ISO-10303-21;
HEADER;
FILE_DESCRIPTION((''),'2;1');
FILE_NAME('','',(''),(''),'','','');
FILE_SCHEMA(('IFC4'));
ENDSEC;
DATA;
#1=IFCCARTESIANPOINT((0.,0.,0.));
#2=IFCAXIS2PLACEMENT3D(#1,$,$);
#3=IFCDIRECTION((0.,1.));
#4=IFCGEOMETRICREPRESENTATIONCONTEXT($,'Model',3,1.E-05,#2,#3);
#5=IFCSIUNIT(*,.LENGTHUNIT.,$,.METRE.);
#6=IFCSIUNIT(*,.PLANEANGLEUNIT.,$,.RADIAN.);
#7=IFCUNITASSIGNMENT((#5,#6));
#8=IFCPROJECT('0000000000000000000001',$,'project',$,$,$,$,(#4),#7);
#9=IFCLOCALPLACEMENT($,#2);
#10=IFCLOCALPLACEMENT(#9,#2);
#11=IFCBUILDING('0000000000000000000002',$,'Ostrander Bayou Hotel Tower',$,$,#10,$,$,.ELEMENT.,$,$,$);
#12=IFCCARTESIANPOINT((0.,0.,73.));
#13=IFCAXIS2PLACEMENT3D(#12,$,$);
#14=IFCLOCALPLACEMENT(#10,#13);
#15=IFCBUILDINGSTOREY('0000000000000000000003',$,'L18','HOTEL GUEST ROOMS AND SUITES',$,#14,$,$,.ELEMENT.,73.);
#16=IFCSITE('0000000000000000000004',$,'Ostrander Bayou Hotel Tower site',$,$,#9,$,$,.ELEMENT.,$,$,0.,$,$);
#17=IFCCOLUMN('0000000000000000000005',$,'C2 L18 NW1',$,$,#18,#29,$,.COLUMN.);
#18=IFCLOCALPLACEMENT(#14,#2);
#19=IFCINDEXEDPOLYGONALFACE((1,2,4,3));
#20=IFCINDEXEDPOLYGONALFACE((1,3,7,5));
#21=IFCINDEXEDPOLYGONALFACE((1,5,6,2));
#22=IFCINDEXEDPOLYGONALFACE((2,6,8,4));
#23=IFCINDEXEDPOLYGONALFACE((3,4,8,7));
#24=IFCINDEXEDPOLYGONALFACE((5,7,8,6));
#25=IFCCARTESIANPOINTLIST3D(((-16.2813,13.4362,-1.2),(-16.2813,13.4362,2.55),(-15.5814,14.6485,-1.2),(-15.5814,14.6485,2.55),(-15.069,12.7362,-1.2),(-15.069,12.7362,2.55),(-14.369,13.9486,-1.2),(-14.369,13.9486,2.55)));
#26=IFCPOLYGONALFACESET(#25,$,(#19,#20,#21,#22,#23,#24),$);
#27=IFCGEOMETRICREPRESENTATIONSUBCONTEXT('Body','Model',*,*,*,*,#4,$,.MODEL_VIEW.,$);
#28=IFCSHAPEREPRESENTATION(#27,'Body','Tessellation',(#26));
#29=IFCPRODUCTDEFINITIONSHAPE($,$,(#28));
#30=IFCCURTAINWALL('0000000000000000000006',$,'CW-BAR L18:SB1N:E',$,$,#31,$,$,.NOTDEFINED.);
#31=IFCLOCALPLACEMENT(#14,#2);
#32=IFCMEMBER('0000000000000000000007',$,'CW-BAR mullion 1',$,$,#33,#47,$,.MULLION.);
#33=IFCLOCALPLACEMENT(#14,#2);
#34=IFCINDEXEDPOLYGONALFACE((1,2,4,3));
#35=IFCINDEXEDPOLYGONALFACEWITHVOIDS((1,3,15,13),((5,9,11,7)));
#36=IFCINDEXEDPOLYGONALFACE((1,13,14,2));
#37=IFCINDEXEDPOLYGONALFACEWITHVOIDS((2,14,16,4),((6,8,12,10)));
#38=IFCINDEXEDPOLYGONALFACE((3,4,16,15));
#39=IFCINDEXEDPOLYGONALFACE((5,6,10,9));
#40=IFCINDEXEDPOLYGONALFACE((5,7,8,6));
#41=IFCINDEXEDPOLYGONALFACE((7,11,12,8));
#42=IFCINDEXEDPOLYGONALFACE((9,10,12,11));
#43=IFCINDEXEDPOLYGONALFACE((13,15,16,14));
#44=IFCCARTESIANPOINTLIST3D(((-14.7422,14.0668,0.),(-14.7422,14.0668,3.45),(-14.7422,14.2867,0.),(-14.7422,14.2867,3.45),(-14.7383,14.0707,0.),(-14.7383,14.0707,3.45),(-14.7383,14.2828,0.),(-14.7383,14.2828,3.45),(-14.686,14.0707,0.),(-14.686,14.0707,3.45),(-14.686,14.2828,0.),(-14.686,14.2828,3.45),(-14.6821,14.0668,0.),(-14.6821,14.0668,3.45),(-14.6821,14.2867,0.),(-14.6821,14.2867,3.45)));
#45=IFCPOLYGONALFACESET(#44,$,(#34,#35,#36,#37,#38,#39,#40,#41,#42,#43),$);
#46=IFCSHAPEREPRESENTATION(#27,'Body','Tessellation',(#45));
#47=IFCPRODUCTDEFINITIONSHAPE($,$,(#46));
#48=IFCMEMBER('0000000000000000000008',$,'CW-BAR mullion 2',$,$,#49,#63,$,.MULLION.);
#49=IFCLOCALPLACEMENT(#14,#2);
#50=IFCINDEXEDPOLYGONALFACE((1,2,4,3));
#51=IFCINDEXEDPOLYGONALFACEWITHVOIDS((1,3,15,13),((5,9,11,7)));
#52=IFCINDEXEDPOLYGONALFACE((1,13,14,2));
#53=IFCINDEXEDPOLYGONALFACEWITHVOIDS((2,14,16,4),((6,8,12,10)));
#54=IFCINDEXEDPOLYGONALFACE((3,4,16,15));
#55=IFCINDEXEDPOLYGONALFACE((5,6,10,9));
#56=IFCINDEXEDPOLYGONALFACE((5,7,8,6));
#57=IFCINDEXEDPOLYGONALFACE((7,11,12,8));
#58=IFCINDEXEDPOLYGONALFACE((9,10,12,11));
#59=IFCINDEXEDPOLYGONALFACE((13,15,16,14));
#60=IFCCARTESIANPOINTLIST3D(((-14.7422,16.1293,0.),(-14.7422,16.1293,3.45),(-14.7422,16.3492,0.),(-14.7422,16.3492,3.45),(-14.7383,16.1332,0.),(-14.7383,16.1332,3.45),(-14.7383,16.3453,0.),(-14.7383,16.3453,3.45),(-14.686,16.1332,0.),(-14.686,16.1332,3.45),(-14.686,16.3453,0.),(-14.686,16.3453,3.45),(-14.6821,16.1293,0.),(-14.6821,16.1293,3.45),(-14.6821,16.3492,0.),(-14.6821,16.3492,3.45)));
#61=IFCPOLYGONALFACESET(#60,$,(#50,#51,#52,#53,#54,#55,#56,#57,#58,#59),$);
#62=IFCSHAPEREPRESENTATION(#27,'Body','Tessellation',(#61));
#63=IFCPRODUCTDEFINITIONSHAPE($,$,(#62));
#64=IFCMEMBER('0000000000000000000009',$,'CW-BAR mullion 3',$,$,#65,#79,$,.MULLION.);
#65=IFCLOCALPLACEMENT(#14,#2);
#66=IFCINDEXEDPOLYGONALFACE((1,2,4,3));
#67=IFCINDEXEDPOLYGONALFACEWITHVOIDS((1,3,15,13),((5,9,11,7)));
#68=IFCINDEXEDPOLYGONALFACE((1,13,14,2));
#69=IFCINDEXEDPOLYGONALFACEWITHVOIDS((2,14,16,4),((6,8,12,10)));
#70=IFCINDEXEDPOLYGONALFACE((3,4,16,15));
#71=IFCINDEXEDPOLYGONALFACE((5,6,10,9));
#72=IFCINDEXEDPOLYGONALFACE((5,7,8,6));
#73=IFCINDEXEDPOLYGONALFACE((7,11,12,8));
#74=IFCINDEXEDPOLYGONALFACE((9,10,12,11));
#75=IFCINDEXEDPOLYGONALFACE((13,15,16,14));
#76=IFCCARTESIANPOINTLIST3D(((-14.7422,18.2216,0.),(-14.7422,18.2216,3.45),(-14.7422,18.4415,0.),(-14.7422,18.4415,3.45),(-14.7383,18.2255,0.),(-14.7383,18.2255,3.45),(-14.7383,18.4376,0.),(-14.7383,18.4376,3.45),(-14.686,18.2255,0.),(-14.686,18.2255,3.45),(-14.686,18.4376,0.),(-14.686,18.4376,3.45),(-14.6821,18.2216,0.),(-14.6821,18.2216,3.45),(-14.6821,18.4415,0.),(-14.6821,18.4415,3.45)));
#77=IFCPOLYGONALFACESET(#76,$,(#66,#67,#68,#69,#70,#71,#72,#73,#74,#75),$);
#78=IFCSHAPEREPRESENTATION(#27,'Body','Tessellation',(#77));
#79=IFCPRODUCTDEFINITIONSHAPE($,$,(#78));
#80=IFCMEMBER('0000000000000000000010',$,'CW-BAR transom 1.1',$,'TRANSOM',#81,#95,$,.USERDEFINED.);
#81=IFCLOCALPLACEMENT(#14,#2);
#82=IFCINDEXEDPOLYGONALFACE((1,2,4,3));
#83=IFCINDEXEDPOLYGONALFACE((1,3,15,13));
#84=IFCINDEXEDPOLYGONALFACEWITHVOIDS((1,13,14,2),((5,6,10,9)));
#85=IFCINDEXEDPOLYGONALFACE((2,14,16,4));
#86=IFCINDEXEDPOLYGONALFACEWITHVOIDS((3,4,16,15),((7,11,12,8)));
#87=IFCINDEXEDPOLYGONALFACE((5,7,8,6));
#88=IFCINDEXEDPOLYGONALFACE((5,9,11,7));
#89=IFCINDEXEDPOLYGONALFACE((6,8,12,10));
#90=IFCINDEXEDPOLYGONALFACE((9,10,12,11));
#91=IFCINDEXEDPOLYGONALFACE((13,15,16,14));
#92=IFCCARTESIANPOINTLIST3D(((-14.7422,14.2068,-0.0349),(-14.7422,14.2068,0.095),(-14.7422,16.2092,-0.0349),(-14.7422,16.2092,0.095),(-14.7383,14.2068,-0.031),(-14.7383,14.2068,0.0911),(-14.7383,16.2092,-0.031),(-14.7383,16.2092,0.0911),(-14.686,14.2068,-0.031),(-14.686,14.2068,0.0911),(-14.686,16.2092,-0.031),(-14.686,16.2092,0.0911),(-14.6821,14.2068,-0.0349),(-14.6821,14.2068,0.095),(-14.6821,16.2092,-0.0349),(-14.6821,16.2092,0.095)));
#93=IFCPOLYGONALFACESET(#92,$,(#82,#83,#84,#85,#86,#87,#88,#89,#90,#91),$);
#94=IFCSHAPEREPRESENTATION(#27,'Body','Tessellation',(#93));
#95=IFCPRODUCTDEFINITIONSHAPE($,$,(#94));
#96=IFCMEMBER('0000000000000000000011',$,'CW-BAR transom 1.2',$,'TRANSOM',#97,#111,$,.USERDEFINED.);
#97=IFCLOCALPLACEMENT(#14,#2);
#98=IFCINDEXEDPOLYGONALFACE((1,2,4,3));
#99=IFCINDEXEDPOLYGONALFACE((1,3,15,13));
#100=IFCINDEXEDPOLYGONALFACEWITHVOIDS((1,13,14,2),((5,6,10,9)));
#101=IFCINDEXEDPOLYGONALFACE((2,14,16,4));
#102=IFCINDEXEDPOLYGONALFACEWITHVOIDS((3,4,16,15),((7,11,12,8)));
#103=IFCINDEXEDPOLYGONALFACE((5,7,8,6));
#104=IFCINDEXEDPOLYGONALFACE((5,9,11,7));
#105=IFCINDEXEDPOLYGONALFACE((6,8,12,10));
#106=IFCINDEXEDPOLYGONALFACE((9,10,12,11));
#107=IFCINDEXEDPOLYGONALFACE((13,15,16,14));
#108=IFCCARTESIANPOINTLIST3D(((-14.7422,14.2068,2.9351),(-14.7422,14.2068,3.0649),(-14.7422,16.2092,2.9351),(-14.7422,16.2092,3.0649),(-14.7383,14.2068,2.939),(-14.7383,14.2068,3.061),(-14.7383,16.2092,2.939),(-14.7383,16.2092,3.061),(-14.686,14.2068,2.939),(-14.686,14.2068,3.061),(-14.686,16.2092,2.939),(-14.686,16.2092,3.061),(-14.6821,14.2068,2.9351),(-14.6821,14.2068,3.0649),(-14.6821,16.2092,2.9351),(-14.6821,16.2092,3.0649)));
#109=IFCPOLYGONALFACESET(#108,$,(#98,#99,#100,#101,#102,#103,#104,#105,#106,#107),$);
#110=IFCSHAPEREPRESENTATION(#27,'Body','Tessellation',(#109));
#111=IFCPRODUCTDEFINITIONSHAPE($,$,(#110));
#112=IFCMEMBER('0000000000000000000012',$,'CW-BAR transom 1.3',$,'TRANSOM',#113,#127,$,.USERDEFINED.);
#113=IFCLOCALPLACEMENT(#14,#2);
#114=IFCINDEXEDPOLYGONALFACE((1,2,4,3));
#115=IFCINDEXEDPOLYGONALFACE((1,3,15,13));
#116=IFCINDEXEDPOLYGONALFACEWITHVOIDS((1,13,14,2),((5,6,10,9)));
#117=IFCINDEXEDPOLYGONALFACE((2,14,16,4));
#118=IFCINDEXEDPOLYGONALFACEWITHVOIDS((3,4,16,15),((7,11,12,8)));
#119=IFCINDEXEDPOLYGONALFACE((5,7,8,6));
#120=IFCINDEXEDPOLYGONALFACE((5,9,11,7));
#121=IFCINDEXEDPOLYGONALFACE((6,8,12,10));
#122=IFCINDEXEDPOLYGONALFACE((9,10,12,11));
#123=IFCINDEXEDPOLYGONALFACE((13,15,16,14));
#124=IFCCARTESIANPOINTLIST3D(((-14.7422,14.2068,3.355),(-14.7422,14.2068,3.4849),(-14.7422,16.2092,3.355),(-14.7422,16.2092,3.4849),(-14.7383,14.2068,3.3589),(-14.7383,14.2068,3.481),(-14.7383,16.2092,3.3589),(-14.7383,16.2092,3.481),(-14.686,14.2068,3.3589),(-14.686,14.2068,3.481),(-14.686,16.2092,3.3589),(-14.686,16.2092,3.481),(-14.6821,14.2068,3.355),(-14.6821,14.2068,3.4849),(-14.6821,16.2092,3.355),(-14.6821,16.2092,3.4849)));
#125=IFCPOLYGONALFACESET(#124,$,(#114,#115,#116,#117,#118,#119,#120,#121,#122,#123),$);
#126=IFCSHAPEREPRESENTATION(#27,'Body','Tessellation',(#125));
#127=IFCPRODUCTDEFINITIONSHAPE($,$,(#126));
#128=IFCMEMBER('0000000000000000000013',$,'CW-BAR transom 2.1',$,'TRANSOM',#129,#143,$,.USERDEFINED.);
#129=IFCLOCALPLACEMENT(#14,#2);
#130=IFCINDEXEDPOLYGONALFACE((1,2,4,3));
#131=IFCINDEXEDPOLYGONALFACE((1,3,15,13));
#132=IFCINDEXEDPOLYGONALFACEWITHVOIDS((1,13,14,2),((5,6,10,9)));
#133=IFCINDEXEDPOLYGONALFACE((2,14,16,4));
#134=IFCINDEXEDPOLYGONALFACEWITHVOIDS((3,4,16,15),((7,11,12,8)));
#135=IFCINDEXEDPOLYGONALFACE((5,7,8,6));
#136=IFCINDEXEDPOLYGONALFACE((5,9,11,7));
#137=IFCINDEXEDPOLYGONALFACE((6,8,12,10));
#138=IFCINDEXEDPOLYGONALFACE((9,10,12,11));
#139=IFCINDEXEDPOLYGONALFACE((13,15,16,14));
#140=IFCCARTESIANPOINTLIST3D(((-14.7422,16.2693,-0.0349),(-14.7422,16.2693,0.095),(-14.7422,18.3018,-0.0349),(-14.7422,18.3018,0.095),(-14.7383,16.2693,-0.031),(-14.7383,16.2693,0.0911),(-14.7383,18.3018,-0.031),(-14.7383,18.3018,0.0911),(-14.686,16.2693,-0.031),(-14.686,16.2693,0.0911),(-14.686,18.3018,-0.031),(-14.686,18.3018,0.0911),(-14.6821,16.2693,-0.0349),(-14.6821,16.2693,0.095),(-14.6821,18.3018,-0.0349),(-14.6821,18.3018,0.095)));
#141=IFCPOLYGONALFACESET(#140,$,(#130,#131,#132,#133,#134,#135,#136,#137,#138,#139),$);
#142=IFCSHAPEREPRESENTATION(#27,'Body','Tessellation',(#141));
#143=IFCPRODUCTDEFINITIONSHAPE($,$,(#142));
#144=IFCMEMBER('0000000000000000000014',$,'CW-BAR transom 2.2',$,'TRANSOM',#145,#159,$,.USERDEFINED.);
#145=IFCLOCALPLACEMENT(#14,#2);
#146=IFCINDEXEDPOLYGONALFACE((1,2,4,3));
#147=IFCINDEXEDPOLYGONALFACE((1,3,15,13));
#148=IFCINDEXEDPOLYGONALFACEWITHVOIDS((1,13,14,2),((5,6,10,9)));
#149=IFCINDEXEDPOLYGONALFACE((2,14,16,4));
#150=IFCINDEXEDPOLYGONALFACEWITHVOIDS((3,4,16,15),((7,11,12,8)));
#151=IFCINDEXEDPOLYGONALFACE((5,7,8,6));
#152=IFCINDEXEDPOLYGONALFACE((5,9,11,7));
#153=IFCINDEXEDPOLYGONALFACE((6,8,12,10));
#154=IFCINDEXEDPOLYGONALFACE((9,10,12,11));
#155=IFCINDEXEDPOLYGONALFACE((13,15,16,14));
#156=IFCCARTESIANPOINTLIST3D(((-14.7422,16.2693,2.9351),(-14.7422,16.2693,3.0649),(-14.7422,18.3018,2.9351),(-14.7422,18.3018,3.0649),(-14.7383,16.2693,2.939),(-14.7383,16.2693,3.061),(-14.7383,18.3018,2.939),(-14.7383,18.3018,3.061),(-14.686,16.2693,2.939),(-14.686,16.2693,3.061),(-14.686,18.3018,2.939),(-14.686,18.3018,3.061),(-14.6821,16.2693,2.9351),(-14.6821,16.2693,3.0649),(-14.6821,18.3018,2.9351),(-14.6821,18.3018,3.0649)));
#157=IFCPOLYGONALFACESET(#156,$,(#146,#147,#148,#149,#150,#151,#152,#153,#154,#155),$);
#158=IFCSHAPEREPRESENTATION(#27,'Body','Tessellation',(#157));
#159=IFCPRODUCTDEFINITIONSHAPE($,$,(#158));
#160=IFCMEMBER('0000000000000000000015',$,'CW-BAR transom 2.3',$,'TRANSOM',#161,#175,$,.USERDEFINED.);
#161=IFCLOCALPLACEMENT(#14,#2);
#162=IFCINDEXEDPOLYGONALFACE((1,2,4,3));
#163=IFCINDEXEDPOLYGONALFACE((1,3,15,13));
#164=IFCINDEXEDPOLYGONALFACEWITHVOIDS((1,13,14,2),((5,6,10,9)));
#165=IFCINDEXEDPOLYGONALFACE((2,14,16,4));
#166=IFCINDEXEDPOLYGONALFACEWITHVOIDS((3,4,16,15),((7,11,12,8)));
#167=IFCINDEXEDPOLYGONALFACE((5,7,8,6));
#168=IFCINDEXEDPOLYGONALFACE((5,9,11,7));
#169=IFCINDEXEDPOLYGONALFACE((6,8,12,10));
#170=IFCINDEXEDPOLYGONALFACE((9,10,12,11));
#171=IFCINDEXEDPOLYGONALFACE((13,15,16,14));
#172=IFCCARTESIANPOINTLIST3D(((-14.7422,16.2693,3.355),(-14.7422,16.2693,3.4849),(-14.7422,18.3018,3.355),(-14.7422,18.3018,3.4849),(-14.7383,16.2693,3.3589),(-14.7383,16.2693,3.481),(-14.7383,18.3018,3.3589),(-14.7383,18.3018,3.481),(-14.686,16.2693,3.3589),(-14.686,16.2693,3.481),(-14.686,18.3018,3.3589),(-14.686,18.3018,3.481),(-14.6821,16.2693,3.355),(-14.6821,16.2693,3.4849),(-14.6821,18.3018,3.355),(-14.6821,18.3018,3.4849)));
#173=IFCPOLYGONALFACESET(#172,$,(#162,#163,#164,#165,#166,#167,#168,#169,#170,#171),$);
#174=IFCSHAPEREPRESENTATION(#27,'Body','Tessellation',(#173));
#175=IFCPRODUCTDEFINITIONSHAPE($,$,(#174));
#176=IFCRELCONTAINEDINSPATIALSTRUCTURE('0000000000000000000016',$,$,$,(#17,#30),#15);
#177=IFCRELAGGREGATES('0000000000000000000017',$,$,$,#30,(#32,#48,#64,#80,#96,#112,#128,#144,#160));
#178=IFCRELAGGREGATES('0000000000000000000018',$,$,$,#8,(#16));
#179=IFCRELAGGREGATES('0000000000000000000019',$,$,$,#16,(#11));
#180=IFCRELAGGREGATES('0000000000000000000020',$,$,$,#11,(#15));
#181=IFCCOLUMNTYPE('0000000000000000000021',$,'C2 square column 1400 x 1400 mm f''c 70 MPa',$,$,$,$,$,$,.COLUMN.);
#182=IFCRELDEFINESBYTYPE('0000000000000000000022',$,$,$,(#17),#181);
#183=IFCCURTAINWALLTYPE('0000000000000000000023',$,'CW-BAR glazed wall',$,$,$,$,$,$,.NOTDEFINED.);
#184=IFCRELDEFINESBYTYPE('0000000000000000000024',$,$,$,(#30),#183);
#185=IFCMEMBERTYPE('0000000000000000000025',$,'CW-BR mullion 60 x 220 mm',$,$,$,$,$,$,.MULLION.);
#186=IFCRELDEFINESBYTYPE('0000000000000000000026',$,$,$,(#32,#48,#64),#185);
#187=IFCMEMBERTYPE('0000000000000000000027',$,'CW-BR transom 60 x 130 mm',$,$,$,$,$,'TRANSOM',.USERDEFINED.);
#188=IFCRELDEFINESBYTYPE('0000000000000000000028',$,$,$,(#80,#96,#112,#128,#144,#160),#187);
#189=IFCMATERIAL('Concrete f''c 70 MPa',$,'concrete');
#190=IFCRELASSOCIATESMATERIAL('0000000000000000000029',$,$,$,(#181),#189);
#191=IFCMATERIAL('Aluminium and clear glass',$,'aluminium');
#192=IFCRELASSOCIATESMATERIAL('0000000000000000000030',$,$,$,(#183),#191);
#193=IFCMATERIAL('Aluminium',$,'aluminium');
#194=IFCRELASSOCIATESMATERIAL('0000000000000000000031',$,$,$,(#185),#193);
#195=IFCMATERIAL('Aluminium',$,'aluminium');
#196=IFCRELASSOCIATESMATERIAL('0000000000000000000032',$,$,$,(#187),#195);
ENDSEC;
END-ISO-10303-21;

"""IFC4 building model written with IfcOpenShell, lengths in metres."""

from ifc_helpers import new_model, si_unit, direction, frame, origin, origin_2d, place, context, subcontext, project, spatial, rectangle, hollow_rectangle, extrude, material, material_profile, profile_set, type_object, element, aggregate, save


model = new_model("IFC4")

# Units and contexts
model_context = context("Model", 3, precision=1e-05, world=origin(), true_north=direction((0.0, 1.0)))
body_context = subcontext(model_context, "Body", "Model", "MODEL_VIEW")
ifc_project = project(units=[si_unit("LENGTHUNIT", "METRE"), si_unit("PLANEANGLEUNIT", "RADIAN")], contexts=[model_context])

# Site, building, storey
site_placement = place(None, origin())
site = spatial("IfcSite", under=ifc_project, at=site_placement, Name="Ostrander Bayou Hotel Tower site", CompositionType="ELEMENT", RefElevation=0.0)
building_placement = place(site_placement, origin())
building = spatial("IfcBuilding", under=site, at=building_placement, Name="Ostrander Bayou Hotel Tower", CompositionType="ELEMENT")
storey_placement = place(building_placement, frame((0.0, 0.0, 73.0)))
storey = spatial("IfcBuildingStorey", under=building, at=storey_placement, Name="L18", Description="HOTEL GUEST ROOMS AND SUITES", CompositionType="ELEMENT", Elevation=73.0)

# Column
ifc_material_1 = material(Name="Concrete f'c 70 MPa", Category="concrete")
ifc_material_profile_1 = material_profile(ifc_material_1, rectangle(XDim=1.3999, YDim=1.3999, at=origin_2d()))
ifc_profile_set_1 = profile_set([ifc_material_profile_1], Name="Concrete f'c 70 MPa")
column_type = type_object("IfcColumnType", Name="C2 square column 1400 x 1400 mm f'c 70 MPa", PredefinedType="COLUMN", material=ifc_profile_set_1)
column_placement = place(storey_placement, frame((-15.3252, 13.6924, -1.2), z_axis=(0.0, 0.0, 1.0), x_axis=(0.5, 0.866025, 0.0)))
element("IfcColumn", 1, at=column_placement, inside=storey, type_object=column_type, Name="C2 L18 NW1", PredefinedType="COLUMN", context=body_context, shape_type="SweptSolid", body=[
    extrude(rectangle(XDim=1.3999, YDim=1.3999, at=origin_2d()), origin(), (0.0, 0.0, 1.0), 3.75),
])

# Curtain wall, members
ifc_material_2 = material(Name="Aluminium and clear glass", Category="aluminium")
curtain_wall_type = type_object("IfcCurtainWallType", Name="CW-BAR glazed wall", PredefinedType="NOTDEFINED", material=ifc_material_2)
curtain_wall_placement = place(storey_placement, origin())
curtain_wall = element("IfcCurtainWall", 2, at=curtain_wall_placement, inside=storey, type_object=curtain_wall_type, Name="CW-BAR L18:SB1N:E", PredefinedType="NOTDEFINED")
ifc_material_3 = material(Name="Aluminium", Category="aluminium")
ifc_material_profile_2 = material_profile(ifc_material_3, hollow_rectangle(XDim=0.0601, YDim=0.22, WallThickness=0.0039, at=origin_2d()))
ifc_profile_set_2 = profile_set([ifc_material_profile_2], Name="Aluminium")
member_type_1 = type_object("IfcMemberType", Name="CW-BR mullion 60 x 220 mm", PredefinedType="MULLION", material=ifc_profile_set_2)
member_1_placement = place(storey_placement, frame((-14.7122, 14.1768, 0.0), z_axis=(0.0, 0.0, 1.0), x_axis=(-1.0, 0.0, 0.0)))
member_1 = element("IfcMember", 3, at=member_1_placement, type_object=member_type_1, Name="CW-BAR mullion 1", PredefinedType="MULLION", context=body_context, shape_type="SweptSolid", body=[
    extrude(hollow_rectangle(XDim=0.0601, YDim=0.22, WallThickness=0.0039, at=origin_2d()), origin(), (0.0, 0.0, 1.0), 3.45),
])
member_2_placement = place(storey_placement, frame((-14.7122, 16.2393, 0.0), z_axis=(0.0, 0.0, 1.0), x_axis=(-1.0, 0.0, 0.0)))
member_2 = element("IfcMember", 4, at=member_2_placement, type_object=member_type_1, Name="CW-BAR mullion 2", PredefinedType="MULLION", context=body_context, shape_type="SweptSolid", body=[
    extrude(hollow_rectangle(XDim=0.0601, YDim=0.22, WallThickness=0.0039, at=origin_2d()), origin(), (0.0, 0.0, 1.0), 3.45),
])
member_3_placement = place(storey_placement, frame((-14.7122, 18.3315, 0.0), z_axis=(0.0, 0.0, 1.0), x_axis=(-1.0, 0.0, 0.0)))
member_3 = element("IfcMember", 5, at=member_3_placement, type_object=member_type_1, Name="CW-BAR mullion 3", PredefinedType="MULLION", context=body_context, shape_type="SweptSolid", body=[
    extrude(hollow_rectangle(XDim=0.0601, YDim=0.22, WallThickness=0.0039, at=origin_2d()), origin(), (0.0, 0.0, 1.0), 3.45),
])
ifc_material_4 = material(Name="Aluminium", Category="aluminium")
ifc_material_profile_3 = material_profile(ifc_material_4, hollow_rectangle(XDim=0.0601, YDim=0.1299, WallThickness=0.0039, at=origin_2d()))
ifc_profile_set_3 = profile_set([ifc_material_profile_3], Name="Aluminium")
member_type_2 = type_object("IfcMemberType", Name="CW-BR transom 60 x 130 mm", ElementType="TRANSOM", PredefinedType="USERDEFINED", material=ifc_profile_set_3)
member_4_placement = place(storey_placement, frame((-14.7122, 14.2068, 0.03), z_axis=(0.0, 1.0, 0.0), x_axis=(-1.0, 0.0, 0.0)))
member_4 = element("IfcMember", 6, at=member_4_placement, type_object=member_type_2, Name="CW-BAR transom 1.1", ObjectType="TRANSOM", PredefinedType="USERDEFINED", context=body_context, shape_type="SweptSolid", body=[
    extrude(hollow_rectangle(XDim=0.0601, YDim=0.1299, WallThickness=0.0039, at=origin_2d()), origin(), (0.0, 0.0, 1.0), 2.0024),
])
member_5_placement = place(storey_placement, frame((-14.7122, 14.2068, 3.0), z_axis=(0.0, 1.0, 0.0), x_axis=(-1.0, 0.0, 0.0)))
member_5 = element("IfcMember", 7, at=member_5_placement, type_object=member_type_2, Name="CW-BAR transom 1.2", ObjectType="TRANSOM", PredefinedType="USERDEFINED", context=body_context, shape_type="SweptSolid", body=[
    extrude(hollow_rectangle(XDim=0.0601, YDim=0.1299, WallThickness=0.0039, at=origin_2d()), origin(), (0.0, 0.0, 1.0), 2.0024),
])
member_6_placement = place(storey_placement, frame((-14.7122, 14.2068, 3.4199), z_axis=(0.0, 1.0, 0.0), x_axis=(-1.0, 0.0, 0.0)))
member_6 = element("IfcMember", 8, at=member_6_placement, type_object=member_type_2, Name="CW-BAR transom 1.3", ObjectType="TRANSOM", PredefinedType="USERDEFINED", context=body_context, shape_type="SweptSolid", body=[
    extrude(hollow_rectangle(XDim=0.0601, YDim=0.1299, WallThickness=0.0039, at=origin_2d()), origin(), (0.0, 0.0, 1.0), 2.0024),
])
member_7_placement = place(storey_placement, frame((-14.7122, 16.2693, 0.03), z_axis=(0.0, 1.0, 0.0), x_axis=(-1.0, 0.0, 0.0)))
member_7 = element("IfcMember", 9, at=member_7_placement, type_object=member_type_2, Name="CW-BAR transom 2.1", ObjectType="TRANSOM", PredefinedType="USERDEFINED", context=body_context, shape_type="SweptSolid", body=[
    extrude(hollow_rectangle(XDim=0.0601, YDim=0.1299, WallThickness=0.0039, at=origin_2d()), origin(), (0.0, 0.0, 1.0), 2.0325),
])
member_8_placement = place(storey_placement, frame((-14.7122, 16.2693, 3.0), z_axis=(0.0, 1.0, 0.0), x_axis=(-1.0, 0.0, 0.0)))
member_8 = element("IfcMember", 10, at=member_8_placement, type_object=member_type_2, Name="CW-BAR transom 2.2", ObjectType="TRANSOM", PredefinedType="USERDEFINED", context=body_context, shape_type="SweptSolid", body=[
    extrude(hollow_rectangle(XDim=0.0601, YDim=0.1299, WallThickness=0.0039, at=origin_2d()), origin(), (0.0, 0.0, 1.0), 2.0325),
])
member_9_placement = place(storey_placement, frame((-14.7122, 16.2693, 3.4199), z_axis=(0.0, 1.0, 0.0), x_axis=(-1.0, 0.0, 0.0)))
member_9 = element("IfcMember", 11, at=member_9_placement, type_object=member_type_2, Name="CW-BAR transom 2.3", ObjectType="TRANSOM", PredefinedType="USERDEFINED", context=body_context, shape_type="SweptSolid", body=[
    extrude(hollow_rectangle(XDim=0.0601, YDim=0.1299, WallThickness=0.0039, at=origin_2d()), origin(), (0.0, 0.0, 1.0), 2.0325),
])

aggregate(curtain_wall, [member_1, member_2, member_3, member_4, member_5, member_6, member_7, member_8, member_9])

save(model, "model.ifc")
